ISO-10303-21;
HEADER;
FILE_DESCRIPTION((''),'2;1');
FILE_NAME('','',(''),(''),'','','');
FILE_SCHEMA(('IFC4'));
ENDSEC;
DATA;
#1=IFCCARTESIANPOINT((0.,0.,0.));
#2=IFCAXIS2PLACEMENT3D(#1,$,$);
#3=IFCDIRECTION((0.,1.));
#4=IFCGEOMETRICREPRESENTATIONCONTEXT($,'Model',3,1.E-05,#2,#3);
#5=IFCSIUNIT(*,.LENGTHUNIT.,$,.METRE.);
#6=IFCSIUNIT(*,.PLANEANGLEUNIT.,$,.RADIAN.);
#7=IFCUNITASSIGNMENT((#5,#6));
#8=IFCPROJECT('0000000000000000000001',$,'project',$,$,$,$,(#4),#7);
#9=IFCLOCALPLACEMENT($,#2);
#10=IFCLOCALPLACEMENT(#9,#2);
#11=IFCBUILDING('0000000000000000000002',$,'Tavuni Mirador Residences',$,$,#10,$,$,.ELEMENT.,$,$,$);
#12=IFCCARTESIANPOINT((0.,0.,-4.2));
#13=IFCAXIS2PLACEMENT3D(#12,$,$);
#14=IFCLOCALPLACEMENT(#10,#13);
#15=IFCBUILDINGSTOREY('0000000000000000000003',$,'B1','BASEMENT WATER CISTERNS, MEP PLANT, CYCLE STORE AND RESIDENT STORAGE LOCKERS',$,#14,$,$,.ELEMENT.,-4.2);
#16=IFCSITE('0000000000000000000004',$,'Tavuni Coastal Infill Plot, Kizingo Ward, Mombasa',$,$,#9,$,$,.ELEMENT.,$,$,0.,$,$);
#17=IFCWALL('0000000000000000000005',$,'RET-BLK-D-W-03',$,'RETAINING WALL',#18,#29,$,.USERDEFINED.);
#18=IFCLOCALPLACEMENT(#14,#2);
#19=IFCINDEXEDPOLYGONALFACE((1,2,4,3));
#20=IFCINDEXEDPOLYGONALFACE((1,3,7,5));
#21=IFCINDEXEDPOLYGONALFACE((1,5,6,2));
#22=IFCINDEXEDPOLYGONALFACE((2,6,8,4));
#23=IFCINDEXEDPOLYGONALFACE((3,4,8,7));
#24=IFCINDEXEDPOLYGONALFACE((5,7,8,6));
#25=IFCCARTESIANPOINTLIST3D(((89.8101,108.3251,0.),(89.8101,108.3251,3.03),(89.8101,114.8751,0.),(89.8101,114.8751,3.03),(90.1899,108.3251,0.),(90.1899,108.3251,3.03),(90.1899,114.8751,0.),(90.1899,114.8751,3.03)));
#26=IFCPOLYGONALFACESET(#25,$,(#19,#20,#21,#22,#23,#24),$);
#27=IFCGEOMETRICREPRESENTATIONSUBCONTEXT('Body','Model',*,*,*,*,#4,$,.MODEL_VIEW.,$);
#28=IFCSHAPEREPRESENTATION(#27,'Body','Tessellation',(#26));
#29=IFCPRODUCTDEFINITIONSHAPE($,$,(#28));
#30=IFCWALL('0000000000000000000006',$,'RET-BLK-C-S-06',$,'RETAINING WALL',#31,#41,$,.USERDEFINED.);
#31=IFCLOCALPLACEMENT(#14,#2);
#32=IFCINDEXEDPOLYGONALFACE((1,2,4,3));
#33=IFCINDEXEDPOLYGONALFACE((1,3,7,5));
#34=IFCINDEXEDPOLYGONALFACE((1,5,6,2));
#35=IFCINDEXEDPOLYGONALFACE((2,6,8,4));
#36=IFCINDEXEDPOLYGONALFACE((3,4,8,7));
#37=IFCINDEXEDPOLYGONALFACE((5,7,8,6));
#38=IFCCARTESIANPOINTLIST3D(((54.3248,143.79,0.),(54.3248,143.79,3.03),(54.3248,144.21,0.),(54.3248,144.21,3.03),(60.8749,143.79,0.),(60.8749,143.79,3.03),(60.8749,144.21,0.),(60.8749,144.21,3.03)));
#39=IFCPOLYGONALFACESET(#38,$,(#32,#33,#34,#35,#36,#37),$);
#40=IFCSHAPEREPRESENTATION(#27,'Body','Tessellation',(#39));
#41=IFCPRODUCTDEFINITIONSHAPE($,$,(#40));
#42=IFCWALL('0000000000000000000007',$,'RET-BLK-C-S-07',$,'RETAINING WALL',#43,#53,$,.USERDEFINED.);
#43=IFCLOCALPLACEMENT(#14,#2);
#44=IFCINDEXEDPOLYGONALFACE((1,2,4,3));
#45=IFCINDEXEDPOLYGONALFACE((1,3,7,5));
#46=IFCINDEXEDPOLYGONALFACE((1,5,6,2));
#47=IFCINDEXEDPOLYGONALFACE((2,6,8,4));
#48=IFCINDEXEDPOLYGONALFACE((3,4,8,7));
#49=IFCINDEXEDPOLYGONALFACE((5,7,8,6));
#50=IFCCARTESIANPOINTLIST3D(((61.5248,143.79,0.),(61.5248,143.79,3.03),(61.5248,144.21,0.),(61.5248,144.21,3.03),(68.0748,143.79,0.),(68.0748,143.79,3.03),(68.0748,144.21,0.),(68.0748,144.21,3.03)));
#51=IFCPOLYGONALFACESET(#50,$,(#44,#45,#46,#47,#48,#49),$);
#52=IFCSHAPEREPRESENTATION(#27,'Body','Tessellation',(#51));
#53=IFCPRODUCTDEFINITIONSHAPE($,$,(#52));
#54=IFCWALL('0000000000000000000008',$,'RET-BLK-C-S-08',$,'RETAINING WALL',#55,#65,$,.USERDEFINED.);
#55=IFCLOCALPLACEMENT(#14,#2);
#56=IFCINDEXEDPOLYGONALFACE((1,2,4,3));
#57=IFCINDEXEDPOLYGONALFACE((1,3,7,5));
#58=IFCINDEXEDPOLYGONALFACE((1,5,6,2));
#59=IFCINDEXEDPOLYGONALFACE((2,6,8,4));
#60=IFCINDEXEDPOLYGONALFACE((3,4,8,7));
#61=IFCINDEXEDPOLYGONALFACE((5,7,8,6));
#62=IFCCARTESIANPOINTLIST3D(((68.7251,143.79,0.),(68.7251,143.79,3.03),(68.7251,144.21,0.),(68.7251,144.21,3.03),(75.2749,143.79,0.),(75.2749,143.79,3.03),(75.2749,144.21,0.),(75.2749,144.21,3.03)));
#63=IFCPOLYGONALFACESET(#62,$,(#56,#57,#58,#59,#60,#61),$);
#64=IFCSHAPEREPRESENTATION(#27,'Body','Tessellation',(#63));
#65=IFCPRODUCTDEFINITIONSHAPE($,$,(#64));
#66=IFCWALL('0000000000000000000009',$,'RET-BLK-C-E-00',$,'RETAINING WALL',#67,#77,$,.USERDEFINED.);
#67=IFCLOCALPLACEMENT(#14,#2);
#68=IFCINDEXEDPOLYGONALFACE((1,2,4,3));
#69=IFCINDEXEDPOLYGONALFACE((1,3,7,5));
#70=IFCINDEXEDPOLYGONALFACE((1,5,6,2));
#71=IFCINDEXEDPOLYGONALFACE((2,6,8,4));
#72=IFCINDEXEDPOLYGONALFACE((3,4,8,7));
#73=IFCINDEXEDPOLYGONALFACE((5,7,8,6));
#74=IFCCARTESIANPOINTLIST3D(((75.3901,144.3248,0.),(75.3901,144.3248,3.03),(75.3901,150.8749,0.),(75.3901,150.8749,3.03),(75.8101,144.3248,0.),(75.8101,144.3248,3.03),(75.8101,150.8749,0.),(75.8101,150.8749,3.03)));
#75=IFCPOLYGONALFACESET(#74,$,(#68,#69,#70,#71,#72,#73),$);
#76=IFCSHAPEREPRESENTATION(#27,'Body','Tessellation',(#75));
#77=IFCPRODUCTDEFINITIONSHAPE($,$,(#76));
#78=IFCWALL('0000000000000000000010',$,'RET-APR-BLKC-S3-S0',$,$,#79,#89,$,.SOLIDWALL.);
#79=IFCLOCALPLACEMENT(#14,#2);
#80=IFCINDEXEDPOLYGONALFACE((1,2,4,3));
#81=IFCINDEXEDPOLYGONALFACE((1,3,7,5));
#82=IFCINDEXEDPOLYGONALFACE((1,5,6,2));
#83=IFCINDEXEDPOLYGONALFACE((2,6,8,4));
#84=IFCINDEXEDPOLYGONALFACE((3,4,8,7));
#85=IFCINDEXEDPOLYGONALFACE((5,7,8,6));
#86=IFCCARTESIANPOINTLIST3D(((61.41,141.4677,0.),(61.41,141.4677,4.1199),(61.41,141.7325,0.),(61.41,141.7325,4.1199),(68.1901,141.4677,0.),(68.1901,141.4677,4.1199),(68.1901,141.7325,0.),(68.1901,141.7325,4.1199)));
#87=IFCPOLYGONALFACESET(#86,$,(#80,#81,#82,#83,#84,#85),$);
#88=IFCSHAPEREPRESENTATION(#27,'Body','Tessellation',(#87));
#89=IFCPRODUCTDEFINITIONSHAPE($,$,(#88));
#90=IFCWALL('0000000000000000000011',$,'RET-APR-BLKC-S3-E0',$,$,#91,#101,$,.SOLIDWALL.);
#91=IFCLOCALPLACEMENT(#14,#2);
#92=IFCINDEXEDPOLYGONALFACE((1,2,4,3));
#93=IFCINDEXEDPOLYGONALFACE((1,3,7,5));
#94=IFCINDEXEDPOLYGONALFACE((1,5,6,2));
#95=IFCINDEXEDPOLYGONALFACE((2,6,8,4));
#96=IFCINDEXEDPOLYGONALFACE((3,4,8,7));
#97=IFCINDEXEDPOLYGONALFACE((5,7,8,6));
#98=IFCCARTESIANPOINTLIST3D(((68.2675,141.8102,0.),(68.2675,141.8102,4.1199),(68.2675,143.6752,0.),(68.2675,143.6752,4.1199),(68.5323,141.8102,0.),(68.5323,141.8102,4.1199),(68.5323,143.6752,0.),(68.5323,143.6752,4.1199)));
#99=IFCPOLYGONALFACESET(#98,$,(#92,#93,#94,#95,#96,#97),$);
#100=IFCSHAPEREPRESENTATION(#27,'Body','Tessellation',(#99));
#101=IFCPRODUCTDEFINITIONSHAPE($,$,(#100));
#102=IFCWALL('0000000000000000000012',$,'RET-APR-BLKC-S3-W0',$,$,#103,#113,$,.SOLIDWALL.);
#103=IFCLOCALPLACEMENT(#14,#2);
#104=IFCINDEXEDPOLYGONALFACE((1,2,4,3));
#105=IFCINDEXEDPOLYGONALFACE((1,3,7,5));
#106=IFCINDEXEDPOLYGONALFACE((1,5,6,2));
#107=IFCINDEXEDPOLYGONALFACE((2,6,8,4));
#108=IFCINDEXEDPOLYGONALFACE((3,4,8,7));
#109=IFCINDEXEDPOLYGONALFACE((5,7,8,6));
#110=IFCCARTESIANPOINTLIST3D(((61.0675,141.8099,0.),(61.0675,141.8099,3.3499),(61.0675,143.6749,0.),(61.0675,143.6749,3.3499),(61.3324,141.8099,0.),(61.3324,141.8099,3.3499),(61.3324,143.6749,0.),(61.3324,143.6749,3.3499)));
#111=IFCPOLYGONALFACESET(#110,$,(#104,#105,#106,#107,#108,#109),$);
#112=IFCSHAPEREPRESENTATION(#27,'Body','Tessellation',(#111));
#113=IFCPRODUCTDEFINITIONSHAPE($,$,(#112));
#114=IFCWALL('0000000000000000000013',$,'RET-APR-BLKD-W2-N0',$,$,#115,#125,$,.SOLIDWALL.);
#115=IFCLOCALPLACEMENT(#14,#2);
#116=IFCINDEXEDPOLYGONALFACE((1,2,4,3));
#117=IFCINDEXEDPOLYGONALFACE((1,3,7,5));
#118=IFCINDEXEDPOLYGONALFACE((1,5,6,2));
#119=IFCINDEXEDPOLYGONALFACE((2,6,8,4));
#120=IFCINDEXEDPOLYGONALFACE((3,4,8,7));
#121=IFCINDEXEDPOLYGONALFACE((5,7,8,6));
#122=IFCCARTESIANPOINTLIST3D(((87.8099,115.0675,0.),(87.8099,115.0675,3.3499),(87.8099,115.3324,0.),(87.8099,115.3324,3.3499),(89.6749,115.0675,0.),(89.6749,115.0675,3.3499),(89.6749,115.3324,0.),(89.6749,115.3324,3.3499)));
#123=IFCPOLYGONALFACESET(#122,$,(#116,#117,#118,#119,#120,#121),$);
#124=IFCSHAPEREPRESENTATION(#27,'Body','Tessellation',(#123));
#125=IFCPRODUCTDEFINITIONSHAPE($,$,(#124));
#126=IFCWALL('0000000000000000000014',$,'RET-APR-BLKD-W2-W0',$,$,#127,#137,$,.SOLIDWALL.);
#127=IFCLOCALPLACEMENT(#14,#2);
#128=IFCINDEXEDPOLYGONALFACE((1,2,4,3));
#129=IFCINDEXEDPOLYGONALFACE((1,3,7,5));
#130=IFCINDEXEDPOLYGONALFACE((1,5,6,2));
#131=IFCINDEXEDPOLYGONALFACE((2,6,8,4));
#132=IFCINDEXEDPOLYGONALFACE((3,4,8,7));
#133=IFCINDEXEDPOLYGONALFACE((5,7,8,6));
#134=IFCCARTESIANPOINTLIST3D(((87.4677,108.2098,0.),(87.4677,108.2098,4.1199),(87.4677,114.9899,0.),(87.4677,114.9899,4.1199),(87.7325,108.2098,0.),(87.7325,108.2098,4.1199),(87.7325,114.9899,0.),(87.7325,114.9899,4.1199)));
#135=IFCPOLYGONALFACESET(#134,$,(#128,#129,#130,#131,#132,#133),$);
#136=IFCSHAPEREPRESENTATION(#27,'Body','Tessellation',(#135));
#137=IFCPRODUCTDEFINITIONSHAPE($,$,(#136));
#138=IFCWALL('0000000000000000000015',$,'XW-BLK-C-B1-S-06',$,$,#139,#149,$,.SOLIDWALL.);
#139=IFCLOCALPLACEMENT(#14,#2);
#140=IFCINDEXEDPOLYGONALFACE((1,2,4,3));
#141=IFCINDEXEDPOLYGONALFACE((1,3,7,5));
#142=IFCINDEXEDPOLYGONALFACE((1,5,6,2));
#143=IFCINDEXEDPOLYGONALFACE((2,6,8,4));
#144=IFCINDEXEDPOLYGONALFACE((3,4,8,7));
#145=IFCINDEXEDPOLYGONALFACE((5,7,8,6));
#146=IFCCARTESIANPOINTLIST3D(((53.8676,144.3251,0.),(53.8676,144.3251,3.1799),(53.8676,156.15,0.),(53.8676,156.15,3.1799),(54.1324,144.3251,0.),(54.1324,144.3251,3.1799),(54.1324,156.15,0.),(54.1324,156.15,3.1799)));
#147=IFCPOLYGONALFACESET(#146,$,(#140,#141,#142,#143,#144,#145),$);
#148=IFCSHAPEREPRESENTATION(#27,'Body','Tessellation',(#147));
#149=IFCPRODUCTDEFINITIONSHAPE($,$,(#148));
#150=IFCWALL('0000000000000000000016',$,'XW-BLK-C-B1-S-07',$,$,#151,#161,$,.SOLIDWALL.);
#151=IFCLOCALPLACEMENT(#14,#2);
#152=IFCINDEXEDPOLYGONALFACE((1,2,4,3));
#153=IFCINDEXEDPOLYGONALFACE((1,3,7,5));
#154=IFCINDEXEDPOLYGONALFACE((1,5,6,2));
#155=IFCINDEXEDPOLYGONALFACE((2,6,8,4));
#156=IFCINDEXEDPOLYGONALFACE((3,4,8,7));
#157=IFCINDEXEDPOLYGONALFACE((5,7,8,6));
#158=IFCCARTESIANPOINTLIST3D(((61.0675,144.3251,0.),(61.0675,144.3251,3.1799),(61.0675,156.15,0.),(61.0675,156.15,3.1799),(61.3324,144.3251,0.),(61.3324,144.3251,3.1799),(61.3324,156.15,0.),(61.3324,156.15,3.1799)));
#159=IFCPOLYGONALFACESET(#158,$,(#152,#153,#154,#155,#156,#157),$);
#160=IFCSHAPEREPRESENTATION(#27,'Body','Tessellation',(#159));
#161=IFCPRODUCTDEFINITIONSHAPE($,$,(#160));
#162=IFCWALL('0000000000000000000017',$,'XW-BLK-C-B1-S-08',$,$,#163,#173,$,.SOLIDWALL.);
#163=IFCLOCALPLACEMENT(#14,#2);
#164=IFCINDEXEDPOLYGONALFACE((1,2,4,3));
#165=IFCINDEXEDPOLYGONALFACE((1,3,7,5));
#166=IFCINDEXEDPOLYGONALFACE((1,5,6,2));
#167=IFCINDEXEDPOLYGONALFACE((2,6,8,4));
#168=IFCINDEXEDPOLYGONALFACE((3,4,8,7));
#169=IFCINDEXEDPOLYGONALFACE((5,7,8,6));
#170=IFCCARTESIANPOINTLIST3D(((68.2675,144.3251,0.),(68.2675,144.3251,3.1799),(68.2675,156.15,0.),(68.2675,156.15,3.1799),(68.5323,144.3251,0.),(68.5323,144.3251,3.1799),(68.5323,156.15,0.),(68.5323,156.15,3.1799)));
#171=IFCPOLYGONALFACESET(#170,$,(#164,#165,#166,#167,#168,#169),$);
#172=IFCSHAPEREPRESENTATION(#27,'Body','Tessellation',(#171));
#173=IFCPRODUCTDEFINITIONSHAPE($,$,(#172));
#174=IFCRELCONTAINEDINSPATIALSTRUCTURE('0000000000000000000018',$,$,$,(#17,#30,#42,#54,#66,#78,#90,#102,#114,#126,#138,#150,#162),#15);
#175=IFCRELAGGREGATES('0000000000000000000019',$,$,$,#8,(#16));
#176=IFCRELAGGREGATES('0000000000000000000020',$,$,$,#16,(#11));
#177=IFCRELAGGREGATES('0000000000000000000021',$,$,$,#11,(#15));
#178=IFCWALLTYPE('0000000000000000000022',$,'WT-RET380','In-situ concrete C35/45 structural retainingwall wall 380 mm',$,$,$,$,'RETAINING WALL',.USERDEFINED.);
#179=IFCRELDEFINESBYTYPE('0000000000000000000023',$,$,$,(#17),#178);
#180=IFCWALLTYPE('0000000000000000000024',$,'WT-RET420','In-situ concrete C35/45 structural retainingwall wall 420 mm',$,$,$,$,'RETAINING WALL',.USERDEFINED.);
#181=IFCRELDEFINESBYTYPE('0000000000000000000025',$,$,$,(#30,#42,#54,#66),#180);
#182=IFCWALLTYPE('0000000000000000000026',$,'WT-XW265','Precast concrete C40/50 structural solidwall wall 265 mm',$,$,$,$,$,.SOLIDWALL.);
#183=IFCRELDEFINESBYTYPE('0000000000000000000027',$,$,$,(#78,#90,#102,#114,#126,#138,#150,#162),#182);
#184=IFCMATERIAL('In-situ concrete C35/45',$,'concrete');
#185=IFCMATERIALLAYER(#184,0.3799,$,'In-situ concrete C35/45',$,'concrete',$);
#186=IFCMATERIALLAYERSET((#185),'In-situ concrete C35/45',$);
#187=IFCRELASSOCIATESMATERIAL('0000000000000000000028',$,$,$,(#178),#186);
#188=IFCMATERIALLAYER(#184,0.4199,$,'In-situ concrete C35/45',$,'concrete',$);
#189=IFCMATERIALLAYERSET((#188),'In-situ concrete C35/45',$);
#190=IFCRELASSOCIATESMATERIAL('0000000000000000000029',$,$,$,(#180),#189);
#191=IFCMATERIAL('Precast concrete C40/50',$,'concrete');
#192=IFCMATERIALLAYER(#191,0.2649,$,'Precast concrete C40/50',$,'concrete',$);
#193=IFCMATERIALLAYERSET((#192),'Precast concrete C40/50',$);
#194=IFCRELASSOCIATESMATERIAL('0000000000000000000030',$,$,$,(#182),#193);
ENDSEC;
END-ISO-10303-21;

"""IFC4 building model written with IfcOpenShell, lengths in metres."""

from ifc_helpers import new_model, si_unit, direction, frame, frame_2d, origin, place, context, subcontext, project, spatial, rectangle, extrude, material, layer, layer_set, type_object, element, save


model = new_model("IFC4")

# Units and contexts
model_context = context("Model", 3, precision=1e-05, world=origin(), true_north=direction((0.0, 1.0)))
body_context = subcontext(model_context, "Body", "Model", "MODEL_VIEW")
ifc_project = project(units=[si_unit("LENGTHUNIT", "METRE"), si_unit("PLANEANGLEUNIT", "RADIAN")], contexts=[model_context])

# Site, building, storey
site_placement = place(None, origin())
site = spatial("IfcSite", under=ifc_project, at=site_placement, Name="Tavuni Coastal Infill Plot, Kizingo Ward, Mombasa", CompositionType="ELEMENT", RefElevation=0.0)
building_placement = place(site_placement, origin())
building = spatial("IfcBuilding", under=site, at=building_placement, Name="Tavuni Mirador Residences", CompositionType="ELEMENT")
storey_placement = place(building_placement, frame((0.0, 0.0, -4.2)))
storey = spatial("IfcBuildingStorey", under=building, at=storey_placement, Name="B1", Description="BASEMENT WATER CISTERNS, MEP PLANT, CYCLE STORE AND RESIDENT STORAGE LOCKERS", CompositionType="ELEMENT", Elevation=-4.2)

# Shared definitions
ifc_material_1 = material(Name="In-situ concrete C35/45", Category="concrete")

# Shared definitions
ifc_material_2 = material(Name="Precast concrete C40/50", Category="concrete")

# Walls
ifc_layer_1 = layer(ifc_material_1, 0.3799, Name="In-situ concrete C35/45", Category="concrete")
ifc_layer_set_1 = layer_set([ifc_layer_1], Name="In-situ concrete C35/45")
wall_type_1 = type_object("IfcWallType", Name="WT-RET380", Description="In-situ concrete C35/45 structural retainingwall wall 380 mm", ElementType="RETAINING WALL", PredefinedType="USERDEFINED", material=ifc_layer_set_1)
wall_1_placement = place(storey_placement, frame((90.0, 114.875, 0.0), z_axis=(0.0, 0.0, 1.0), x_axis=(0.0, -1.0, 0.0)))
element("IfcWall", 1, at=wall_1_placement, inside=storey, type_object=wall_type_1, Name="RET-BLK-D-W-03", ObjectType="RETAINING WALL", PredefinedType="USERDEFINED", context=body_context, shape_type="SweptSolid", body=[
    extrude(rectangle(XDim=6.55, YDim=0.3799, at=frame_2d((3.2749, 0.0))), origin(), (0.0, 0.0, 1.0), 3.03),
])
ifc_layer_2 = layer(ifc_material_1, 0.4199, Name="In-situ concrete C35/45", Category="concrete")
ifc_layer_set_2 = layer_set([ifc_layer_2], Name="In-situ concrete C35/45")
wall_type_2 = type_object("IfcWallType", Name="WT-RET420", Description="In-situ concrete C35/45 structural retainingwall wall 420 mm", ElementType="RETAINING WALL", PredefinedType="USERDEFINED", material=ifc_layer_set_2)
for number, where, z_axis, x_axis, name in (
    (2, (54.325, 144.0, 0.0), (0.0, 0.0, 1.0), (1.0, 0.0, 0.0), "RET-BLK-C-S-06"),
    (3, (61.5249, 144.0, 0.0), (0.0, 0.0, 1.0), (1.0, 0.0, 0.0), "RET-BLK-C-S-07"),
):
    element("IfcWall", number, at=place(storey_placement, frame(where, z_axis=z_axis, x_axis=x_axis)), inside=storey, type_object=wall_type_2, Name=name, ObjectType="RETAINING WALL", PredefinedType="USERDEFINED", context=body_context, shape_type="SweptSolid", body=[
        extrude(rectangle(XDim=6.55, YDim=0.4199, at=frame_2d((3.2749, 0.0))), origin(), (0.0, 0.0, 1.0), 3.03),
    ])
wall_2_placement = place(storey_placement, frame((68.7251, 144.0, 0.0), z_axis=(0.0, 0.0, 1.0), x_axis=(1.0, 0.0, 0.0)))
element("IfcWall", 4, at=wall_2_placement, inside=storey, type_object=wall_type_2, Name="RET-BLK-C-S-08", ObjectType="RETAINING WALL", PredefinedType="USERDEFINED", context=body_context, shape_type="SweptSolid", body=[
    extrude(rectangle(XDim=6.5498, YDim=0.4199, at=frame_2d((3.2749, 0.0))), origin(), (0.0, 0.0, 1.0), 3.03),
])
wall_3_placement = place(storey_placement, frame((75.6001, 144.325, 0.0), z_axis=(0.0, 0.0, 1.0), x_axis=(0.0, 1.0, 0.0)))
element("IfcWall", 5, at=wall_3_placement, inside=storey, type_object=wall_type_2, Name="RET-BLK-C-E-00", ObjectType="RETAINING WALL", PredefinedType="USERDEFINED", context=body_context, shape_type="SweptSolid", body=[
    extrude(rectangle(XDim=6.55, YDim=0.4199, at=frame_2d((3.2749, 0.0))), origin(), (0.0, 0.0, 1.0), 3.03),
])
ifc_layer_3 = layer(ifc_material_2, 0.2649, Name="Precast concrete C40/50", Category="concrete")
ifc_layer_set_3 = layer_set([ifc_layer_3], Name="Precast concrete C40/50")
wall_type_3 = type_object("IfcWallType", Name="WT-XW265", Description="Precast concrete C40/50 structural solidwall wall 265 mm", PredefinedType="SOLIDWALL", material=ifc_layer_set_3)
wall_4_placement = place(storey_placement, frame((61.4099, 141.6001, 0.0), z_axis=(0.0, 0.0, 1.0), x_axis=(1.0, 0.0, 0.0)))
element("IfcWall", 6, at=wall_4_placement, inside=storey, type_object=wall_type_3, Name="RET-APR-BLKC-S3-S0", PredefinedType="SOLIDWALL", context=body_context, shape_type="SweptSolid", body=[
    extrude(rectangle(XDim=6.78, YDim=0.2649, at=frame_2d((3.3901, 0.0))), origin(), (0.0, 0.0, 1.0), 4.1199),
])
wall_5_placement = place(storey_placement, frame((68.3999, 141.8101, 0.0), z_axis=(0.0, 0.0, 1.0), x_axis=(0.0, 1.0, 0.0)))
element("IfcWall", 7, at=wall_5_placement, inside=storey, type_object=wall_type_3, Name="RET-APR-BLKC-S3-E0", PredefinedType="SOLIDWALL", context=body_context, shape_type="SweptSolid", body=[
    extrude(rectangle(XDim=1.865, YDim=0.2649, at=frame_2d((0.9326, 0.0))), origin(), (0.0, 0.0, 1.0), 4.1199),
])
for number, where, z_axis, x_axis, name in (
    (8, (61.2, 143.675, 0.0), (0.0, 0.0, 1.0), (0.0, -1.0, 0.0), "RET-APR-BLKC-S3-W0"),
    (9, (89.675, 115.2, 0.0), (0.0, 0.0, 1.0), (-1.0, 0.0, 0.0), "RET-APR-BLKD-W2-N0"),
):
    element("IfcWall", number, at=place(storey_placement, frame(where, z_axis=z_axis, x_axis=x_axis)), inside=storey, type_object=wall_type_3, Name=name, PredefinedType="SOLIDWALL", context=body_context, shape_type="SweptSolid", body=[
        extrude(rectangle(XDim=1.865, YDim=0.2649, at=frame_2d((0.9326, 0.0))), origin(), (0.0, 0.0, 1.0), 3.3499),
    ])
wall_6_placement = place(storey_placement, frame((87.6001, 114.99, 0.0), z_axis=(0.0, 0.0, 1.0), x_axis=(0.0, -1.0, 0.0)))
element("IfcWall", 10, at=wall_6_placement, inside=storey, type_object=wall_type_3, Name="RET-APR-BLKD-W2-W0", PredefinedType="SOLIDWALL", context=body_context, shape_type="SweptSolid", body=[
    extrude(rectangle(XDim=6.78, YDim=0.2649, at=frame_2d((3.3901, 0.0))), origin(), (0.0, 0.0, 1.0), 4.1199),
])
for number, where, z_axis, x_axis, name in (
    (11, (54.0, 144.325, 0.0), (0.0, 0.0, 1.0), (0.0, 1.0, 0.0), "XW-BLK-C-B1-S-06"),
    (12, (61.2, 144.325, 0.0), (0.0, 0.0, 1.0), (0.0, 1.0, 0.0), "XW-BLK-C-B1-S-07"),
    (13, (68.3999, 144.325, 0.0), (0.0, 0.0, 1.0), (0.0, 1.0, 0.0), "XW-BLK-C-B1-S-08"),
):
    element("IfcWall", number, at=place(storey_placement, frame(where, z_axis=z_axis, x_axis=x_axis)), inside=storey, type_object=wall_type_3, Name=name, PredefinedType="SOLIDWALL", context=body_context, shape_type="SweptSolid", body=[
        extrude(rectangle(XDim=11.825, YDim=0.2649, at=frame_2d((5.9126, 0.0))), origin(), (0.0, 0.0, 1.0), 3.1799),
    ])

save(model, "model.ifc")
